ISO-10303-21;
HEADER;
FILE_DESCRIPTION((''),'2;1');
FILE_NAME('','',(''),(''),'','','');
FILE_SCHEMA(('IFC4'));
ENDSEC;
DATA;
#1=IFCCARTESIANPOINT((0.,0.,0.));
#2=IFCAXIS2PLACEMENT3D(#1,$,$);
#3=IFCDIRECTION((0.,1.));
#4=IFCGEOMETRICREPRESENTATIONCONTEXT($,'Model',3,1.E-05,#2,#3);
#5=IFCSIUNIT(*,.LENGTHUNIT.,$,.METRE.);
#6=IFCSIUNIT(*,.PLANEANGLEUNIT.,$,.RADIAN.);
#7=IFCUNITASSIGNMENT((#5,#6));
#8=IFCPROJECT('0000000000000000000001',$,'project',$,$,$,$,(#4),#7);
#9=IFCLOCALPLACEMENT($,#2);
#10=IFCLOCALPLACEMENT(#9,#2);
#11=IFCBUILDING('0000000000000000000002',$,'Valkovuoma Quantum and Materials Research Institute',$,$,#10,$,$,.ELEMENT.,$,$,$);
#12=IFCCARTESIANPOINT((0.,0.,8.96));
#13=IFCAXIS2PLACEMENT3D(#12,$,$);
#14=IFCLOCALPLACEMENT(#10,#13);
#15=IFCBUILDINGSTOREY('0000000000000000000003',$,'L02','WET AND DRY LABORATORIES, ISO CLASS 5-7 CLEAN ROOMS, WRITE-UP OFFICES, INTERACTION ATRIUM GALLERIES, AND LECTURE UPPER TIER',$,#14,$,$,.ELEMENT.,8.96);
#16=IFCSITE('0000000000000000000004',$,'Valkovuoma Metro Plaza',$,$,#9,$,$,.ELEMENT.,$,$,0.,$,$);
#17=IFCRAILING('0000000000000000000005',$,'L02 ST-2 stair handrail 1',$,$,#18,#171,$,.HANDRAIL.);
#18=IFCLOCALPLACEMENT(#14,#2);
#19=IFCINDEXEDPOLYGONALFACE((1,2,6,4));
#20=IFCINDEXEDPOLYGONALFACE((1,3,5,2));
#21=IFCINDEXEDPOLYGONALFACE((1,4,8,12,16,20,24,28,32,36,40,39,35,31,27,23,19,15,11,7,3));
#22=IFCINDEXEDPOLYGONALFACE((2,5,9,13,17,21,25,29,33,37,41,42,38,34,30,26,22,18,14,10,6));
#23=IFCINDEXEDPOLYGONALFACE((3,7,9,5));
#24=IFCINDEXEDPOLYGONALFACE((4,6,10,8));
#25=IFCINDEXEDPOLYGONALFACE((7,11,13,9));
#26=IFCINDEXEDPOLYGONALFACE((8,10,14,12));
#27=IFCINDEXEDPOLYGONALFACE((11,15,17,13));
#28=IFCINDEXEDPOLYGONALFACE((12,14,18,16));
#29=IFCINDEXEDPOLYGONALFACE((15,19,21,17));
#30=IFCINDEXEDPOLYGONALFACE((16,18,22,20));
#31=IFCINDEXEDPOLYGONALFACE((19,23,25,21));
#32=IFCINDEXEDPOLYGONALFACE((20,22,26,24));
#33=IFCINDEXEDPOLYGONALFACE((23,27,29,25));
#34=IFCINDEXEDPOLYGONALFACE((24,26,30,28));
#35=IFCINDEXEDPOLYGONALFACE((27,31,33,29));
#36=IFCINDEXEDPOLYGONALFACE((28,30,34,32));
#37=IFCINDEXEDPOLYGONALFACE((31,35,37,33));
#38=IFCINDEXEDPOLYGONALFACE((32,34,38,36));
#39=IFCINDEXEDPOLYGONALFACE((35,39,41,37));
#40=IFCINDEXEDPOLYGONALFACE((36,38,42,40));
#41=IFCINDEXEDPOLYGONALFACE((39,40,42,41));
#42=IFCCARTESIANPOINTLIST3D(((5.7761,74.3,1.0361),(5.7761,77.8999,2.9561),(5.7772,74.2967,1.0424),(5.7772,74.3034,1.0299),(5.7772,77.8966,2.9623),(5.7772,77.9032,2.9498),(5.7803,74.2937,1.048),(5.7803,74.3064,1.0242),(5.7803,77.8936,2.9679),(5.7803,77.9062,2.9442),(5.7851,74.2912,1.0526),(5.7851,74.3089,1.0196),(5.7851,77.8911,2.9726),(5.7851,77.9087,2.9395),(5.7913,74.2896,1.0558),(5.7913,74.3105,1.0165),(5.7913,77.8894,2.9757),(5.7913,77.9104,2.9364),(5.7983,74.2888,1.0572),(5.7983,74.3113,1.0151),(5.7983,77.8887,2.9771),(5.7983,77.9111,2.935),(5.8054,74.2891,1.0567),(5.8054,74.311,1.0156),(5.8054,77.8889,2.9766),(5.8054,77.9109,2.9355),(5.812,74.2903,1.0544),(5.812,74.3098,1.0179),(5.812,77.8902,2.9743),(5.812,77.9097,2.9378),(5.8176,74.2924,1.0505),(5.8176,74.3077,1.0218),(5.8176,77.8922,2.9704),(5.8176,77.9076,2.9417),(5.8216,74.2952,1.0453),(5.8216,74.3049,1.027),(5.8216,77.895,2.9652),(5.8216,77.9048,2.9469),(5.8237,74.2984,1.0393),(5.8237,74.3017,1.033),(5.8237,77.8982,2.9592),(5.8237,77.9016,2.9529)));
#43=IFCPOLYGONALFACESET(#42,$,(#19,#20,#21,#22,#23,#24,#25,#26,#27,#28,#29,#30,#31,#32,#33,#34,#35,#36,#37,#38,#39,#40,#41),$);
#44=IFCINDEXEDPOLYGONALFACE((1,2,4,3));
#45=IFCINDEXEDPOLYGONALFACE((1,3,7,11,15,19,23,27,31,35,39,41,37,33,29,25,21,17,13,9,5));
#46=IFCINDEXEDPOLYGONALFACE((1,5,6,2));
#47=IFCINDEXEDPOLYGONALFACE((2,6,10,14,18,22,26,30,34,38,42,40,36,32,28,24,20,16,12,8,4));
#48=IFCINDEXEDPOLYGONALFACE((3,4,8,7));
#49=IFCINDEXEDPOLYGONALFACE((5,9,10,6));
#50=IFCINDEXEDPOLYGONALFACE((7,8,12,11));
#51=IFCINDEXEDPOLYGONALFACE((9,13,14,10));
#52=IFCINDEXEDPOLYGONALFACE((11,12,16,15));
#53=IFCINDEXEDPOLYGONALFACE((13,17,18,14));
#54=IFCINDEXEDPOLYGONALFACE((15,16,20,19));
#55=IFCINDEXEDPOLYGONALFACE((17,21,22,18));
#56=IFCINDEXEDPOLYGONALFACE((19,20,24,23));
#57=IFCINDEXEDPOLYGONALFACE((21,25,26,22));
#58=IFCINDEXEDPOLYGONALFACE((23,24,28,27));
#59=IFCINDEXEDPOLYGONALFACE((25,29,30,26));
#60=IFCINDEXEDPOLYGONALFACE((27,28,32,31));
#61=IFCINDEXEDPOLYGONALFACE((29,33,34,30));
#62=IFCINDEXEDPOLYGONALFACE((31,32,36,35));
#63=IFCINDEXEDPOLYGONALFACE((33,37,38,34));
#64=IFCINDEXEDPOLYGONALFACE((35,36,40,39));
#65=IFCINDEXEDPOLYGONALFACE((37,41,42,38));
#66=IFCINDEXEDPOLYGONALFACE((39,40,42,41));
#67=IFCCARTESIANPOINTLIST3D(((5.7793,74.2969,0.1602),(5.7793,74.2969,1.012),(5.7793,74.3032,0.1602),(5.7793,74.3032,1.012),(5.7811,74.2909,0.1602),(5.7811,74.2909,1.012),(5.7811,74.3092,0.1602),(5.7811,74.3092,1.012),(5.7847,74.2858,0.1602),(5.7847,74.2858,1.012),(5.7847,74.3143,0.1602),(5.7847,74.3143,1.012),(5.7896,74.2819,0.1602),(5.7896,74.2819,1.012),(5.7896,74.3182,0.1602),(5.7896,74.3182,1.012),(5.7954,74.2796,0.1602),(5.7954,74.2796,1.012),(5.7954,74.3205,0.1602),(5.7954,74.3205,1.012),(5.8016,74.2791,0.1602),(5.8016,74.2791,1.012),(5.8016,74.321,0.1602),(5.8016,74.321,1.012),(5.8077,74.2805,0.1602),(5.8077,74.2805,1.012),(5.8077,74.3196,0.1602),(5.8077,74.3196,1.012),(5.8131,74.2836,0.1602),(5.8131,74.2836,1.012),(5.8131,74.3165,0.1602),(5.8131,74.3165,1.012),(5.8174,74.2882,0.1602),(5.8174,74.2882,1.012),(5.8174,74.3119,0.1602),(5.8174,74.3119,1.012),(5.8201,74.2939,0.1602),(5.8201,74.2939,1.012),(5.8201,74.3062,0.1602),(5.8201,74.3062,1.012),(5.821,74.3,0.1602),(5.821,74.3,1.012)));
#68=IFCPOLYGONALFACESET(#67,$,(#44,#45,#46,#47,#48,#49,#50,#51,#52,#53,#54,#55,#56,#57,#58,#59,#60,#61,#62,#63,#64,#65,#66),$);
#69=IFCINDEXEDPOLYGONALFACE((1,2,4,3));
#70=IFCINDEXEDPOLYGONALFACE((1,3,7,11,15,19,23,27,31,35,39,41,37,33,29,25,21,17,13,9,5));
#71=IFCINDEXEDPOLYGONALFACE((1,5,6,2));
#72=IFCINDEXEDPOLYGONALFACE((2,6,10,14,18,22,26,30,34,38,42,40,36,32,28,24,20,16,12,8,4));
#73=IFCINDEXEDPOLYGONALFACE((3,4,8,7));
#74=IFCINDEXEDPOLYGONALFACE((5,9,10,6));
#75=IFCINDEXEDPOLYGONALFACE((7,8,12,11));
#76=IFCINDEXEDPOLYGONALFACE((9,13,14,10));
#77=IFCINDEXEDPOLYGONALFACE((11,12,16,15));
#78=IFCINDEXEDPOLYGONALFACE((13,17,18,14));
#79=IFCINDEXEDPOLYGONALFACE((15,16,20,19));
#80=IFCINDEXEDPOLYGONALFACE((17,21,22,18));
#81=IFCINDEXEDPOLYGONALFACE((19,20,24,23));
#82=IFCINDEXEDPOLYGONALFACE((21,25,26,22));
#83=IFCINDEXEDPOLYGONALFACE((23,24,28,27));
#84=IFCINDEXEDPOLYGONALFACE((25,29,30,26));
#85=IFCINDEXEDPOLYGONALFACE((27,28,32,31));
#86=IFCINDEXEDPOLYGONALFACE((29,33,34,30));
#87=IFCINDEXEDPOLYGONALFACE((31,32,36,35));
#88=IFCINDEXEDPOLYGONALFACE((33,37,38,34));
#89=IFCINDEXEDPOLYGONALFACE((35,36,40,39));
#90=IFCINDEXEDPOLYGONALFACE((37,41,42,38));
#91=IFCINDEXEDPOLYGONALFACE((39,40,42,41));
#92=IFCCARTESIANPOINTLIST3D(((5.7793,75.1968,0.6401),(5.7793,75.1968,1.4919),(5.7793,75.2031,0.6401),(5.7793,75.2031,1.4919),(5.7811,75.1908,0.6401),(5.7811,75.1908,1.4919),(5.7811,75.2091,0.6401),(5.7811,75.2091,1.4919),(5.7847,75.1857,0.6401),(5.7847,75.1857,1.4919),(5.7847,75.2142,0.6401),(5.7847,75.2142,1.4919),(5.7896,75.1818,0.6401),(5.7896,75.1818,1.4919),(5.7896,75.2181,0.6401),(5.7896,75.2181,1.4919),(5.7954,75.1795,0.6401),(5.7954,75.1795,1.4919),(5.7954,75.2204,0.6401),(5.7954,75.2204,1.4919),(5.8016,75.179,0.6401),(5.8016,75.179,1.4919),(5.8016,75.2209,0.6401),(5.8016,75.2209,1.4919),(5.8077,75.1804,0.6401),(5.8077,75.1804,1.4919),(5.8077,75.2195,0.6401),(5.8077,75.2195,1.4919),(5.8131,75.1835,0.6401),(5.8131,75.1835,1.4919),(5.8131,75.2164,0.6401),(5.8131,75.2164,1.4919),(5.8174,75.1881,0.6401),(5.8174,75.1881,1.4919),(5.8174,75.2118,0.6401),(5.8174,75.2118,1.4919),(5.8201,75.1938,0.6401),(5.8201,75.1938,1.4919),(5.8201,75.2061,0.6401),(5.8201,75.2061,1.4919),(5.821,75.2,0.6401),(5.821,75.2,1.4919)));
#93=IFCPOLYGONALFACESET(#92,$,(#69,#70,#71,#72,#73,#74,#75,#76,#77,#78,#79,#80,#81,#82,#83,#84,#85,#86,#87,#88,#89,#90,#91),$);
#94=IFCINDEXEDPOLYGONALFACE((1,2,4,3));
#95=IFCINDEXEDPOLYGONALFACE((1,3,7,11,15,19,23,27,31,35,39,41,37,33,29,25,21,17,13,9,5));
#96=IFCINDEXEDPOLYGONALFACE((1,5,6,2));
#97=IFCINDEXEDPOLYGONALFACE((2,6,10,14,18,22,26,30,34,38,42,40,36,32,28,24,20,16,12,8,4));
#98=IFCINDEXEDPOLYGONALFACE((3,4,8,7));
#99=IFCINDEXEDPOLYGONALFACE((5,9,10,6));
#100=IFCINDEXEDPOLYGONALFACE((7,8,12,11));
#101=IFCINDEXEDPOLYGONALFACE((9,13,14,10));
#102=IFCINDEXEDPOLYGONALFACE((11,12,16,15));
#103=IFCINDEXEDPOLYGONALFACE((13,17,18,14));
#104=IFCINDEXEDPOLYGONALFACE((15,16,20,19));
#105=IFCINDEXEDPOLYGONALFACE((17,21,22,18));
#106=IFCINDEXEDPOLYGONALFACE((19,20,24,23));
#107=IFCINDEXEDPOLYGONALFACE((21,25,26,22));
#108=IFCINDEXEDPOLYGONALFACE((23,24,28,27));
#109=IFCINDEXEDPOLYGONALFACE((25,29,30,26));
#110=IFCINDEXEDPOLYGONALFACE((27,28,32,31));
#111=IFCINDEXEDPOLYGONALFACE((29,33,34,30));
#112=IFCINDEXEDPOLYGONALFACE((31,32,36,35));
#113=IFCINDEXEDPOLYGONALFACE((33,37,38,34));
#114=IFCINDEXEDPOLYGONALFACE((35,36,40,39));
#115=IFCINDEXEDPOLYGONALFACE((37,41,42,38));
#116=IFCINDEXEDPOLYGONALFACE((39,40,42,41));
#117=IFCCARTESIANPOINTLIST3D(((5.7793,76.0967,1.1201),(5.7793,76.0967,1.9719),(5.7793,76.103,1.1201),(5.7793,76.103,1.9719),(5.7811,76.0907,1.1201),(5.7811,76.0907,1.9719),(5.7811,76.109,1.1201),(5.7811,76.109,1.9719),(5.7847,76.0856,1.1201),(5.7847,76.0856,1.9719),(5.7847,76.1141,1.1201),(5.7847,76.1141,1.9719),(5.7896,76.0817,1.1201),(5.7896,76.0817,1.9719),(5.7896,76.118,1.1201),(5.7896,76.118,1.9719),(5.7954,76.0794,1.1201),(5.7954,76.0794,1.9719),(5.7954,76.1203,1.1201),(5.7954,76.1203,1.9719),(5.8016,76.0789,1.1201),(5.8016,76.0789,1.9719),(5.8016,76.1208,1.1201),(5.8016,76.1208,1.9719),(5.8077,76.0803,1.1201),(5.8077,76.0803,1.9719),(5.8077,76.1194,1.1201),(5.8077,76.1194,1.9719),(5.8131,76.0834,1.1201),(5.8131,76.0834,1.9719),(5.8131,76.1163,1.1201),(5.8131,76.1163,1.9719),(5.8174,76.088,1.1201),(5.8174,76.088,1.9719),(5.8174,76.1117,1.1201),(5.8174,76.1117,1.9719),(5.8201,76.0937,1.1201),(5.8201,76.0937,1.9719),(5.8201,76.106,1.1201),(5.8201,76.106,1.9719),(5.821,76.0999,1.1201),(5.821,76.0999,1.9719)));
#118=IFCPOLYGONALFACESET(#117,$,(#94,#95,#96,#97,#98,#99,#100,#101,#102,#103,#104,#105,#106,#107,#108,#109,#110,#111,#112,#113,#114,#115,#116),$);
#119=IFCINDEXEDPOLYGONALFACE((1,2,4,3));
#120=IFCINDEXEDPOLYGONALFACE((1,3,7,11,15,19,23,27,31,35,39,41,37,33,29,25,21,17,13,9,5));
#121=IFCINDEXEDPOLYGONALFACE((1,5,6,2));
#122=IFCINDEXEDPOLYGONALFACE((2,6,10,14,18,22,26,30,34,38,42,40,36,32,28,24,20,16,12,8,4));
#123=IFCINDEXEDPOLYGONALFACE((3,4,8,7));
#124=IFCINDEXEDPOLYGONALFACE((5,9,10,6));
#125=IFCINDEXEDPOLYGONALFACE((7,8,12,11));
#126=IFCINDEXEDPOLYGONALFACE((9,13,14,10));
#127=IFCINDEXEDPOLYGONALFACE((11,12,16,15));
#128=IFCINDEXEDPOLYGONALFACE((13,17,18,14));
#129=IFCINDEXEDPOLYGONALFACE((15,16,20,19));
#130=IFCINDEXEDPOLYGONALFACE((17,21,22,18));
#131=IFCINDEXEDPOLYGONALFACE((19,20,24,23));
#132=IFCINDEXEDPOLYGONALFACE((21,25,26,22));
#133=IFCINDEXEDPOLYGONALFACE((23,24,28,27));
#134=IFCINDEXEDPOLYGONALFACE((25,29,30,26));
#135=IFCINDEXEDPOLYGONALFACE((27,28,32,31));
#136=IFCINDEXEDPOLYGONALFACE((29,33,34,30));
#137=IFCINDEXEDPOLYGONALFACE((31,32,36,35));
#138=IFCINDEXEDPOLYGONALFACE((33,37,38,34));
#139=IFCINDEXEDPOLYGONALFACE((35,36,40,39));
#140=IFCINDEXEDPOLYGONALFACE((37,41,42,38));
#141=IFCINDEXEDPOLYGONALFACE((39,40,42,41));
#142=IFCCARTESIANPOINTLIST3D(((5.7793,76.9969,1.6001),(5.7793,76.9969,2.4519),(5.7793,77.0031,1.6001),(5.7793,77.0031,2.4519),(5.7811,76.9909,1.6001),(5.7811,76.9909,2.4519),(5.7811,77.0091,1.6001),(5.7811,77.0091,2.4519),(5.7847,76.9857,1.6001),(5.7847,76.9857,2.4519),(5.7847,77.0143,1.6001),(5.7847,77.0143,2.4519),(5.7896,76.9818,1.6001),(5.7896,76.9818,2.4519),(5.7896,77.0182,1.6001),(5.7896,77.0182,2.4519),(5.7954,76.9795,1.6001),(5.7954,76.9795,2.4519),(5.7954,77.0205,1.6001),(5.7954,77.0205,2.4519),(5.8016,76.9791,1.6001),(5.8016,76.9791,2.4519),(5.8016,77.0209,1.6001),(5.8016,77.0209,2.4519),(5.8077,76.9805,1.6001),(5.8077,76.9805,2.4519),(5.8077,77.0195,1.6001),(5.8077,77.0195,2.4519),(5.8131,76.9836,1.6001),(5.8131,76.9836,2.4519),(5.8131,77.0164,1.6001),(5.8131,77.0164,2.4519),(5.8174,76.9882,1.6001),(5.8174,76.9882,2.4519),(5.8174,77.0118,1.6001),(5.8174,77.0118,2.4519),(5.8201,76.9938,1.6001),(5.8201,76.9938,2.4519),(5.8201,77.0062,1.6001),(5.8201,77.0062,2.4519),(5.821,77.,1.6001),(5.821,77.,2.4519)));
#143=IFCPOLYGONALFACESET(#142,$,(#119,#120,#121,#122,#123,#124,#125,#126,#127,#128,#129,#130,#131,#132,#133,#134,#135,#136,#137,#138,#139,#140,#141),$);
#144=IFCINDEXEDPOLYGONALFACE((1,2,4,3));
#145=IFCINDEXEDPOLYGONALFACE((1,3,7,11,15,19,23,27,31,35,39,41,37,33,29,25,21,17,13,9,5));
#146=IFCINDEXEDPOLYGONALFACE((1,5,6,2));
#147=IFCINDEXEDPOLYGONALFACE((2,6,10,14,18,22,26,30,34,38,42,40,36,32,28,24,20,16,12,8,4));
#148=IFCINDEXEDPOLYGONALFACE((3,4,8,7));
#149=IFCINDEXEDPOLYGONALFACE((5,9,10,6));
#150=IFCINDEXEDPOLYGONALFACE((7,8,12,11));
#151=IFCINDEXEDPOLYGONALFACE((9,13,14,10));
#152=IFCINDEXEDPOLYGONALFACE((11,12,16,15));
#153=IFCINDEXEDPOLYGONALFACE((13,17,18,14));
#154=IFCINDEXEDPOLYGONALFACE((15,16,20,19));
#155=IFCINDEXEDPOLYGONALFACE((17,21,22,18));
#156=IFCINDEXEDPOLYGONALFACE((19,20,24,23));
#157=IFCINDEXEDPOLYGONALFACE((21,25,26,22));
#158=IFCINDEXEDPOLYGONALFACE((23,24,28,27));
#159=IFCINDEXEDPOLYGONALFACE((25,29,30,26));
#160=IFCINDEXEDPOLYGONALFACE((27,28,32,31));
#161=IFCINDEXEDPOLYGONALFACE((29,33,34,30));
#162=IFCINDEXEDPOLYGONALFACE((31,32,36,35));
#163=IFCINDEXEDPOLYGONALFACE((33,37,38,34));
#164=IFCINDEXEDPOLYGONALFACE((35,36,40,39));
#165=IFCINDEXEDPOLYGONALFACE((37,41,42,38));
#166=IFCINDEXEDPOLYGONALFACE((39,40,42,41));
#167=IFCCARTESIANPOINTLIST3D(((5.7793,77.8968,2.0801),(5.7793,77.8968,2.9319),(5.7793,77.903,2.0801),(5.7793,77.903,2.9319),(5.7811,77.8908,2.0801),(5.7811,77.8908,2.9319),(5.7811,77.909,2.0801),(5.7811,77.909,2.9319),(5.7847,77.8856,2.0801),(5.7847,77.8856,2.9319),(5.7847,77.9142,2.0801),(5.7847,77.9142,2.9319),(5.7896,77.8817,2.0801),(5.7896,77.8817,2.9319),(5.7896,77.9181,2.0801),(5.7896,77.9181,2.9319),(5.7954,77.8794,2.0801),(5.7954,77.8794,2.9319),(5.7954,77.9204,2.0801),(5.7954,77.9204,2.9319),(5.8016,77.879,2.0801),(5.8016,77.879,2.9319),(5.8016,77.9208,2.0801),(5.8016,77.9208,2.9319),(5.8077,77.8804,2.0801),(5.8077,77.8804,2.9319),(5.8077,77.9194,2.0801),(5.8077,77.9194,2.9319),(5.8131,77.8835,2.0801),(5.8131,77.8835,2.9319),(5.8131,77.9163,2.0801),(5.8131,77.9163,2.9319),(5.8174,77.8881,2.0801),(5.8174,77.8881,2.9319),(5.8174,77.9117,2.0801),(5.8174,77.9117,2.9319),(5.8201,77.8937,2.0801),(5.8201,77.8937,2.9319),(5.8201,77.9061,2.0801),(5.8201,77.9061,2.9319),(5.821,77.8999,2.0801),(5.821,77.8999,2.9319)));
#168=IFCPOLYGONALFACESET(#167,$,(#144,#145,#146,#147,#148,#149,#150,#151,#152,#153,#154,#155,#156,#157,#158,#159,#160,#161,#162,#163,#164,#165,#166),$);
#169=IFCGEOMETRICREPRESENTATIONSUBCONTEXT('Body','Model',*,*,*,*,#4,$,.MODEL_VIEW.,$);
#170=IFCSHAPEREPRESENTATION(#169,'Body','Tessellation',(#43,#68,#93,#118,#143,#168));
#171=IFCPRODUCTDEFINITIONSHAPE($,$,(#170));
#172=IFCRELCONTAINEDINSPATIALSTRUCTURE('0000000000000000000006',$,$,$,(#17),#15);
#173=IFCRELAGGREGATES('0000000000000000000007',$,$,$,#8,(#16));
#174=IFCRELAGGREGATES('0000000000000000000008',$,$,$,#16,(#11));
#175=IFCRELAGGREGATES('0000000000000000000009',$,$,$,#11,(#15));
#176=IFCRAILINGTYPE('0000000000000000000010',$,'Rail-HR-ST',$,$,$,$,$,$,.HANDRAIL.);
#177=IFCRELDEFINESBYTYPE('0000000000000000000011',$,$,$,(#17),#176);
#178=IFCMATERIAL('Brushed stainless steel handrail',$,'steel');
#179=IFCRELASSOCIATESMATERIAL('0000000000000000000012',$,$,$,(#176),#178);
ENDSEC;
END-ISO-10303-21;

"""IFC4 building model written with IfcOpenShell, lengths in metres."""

from ifc_helpers import new_model, si_unit, direction, frame, origin, origin_2d, place, context, subcontext, project, spatial, circle, extrude, material, type_object, element, save


model = new_model("IFC4")

# Units and contexts
model_context = context("Model", 3, precision=1e-05, world=origin(), true_north=direction((0.0, 1.0)))
body_context = subcontext(model_context, "Body", "Model", "MODEL_VIEW")
ifc_project = project(units=[si_unit("LENGTHUNIT", "METRE"), si_unit("PLANEANGLEUNIT", "RADIAN")], contexts=[model_context])

# Site, building, storey
site_placement = place(None, origin())
site = spatial("IfcSite", under=ifc_project, at=site_placement, Name="Valkovuoma Metro Plaza", CompositionType="ELEMENT", RefElevation=0.0)
building_placement = place(site_placement, origin())
building = spatial("IfcBuilding", under=site, at=building_placement, Name="Valkovuoma Quantum and Materials Research Institute", CompositionType="ELEMENT")
storey_placement = place(building_placement, frame((0.0, 0.0, 8.96)))
storey = spatial("IfcBuildingStorey", under=building, at=storey_placement, Name="L02", Description="WET AND DRY LABORATORIES, ISO CLASS 5-7 CLEAN ROOMS, WRITE-UP OFFICES, INTERACTION ATRIUM GALLERIES, AND LECTURE UPPER TIER", CompositionType="ELEMENT", Elevation=8.96)

# Railing
ifc_material_1 = material(Name="Brushed stainless steel handrail", Category="steel")
railing_type_1 = type_object("IfcRailingType", Name="Rail-HR-ST", PredefinedType="HANDRAIL", material=ifc_material_1)
railing_1_placement = place(storey_placement, frame((5.8, 74.3, 0.1602)))
element("IfcRailing", 1, at=railing_1_placement, inside=storey, type_object=railing_type_1, Name="L02 ST-2 stair handrail 1", PredefinedType="HANDRAIL", context=body_context, shape_type="SweptSolid", body=[
    extrude(circle(Radius=0.0239, at=origin_2d()), frame((0.0, 0.0, 0.876), z_axis=(0.0, 0.882353, 0.470588), x_axis=(-1.0, 0.0, 0.0)), (0.0, 0.0, 1.0), 4.0798),
    extrude(circle(Radius=0.021, at=origin_2d()), origin(), (0.0, 0.0, 1.0), 0.8518),
    extrude(circle(Radius=0.021, at=origin_2d()), frame((0.0, 0.8999, 0.48)), (0.0, 0.0, 1.0), 0.8518),
    extrude(circle(Radius=0.021, at=origin_2d()), frame((0.0, 1.7998, 0.96)), (0.0, 0.0, 1.0), 0.8518),
    extrude(circle(Radius=0.021, at=origin_2d()), frame((0.0, 2.7, 1.4399)), (0.0, 0.0, 1.0), 0.8518),
    extrude(circle(Radius=0.021, at=origin_2d()), frame((0.0, 3.5999, 1.9199)), (0.0, 0.0, 1.0), 0.8518),
])

save(model, "model.ifc")
